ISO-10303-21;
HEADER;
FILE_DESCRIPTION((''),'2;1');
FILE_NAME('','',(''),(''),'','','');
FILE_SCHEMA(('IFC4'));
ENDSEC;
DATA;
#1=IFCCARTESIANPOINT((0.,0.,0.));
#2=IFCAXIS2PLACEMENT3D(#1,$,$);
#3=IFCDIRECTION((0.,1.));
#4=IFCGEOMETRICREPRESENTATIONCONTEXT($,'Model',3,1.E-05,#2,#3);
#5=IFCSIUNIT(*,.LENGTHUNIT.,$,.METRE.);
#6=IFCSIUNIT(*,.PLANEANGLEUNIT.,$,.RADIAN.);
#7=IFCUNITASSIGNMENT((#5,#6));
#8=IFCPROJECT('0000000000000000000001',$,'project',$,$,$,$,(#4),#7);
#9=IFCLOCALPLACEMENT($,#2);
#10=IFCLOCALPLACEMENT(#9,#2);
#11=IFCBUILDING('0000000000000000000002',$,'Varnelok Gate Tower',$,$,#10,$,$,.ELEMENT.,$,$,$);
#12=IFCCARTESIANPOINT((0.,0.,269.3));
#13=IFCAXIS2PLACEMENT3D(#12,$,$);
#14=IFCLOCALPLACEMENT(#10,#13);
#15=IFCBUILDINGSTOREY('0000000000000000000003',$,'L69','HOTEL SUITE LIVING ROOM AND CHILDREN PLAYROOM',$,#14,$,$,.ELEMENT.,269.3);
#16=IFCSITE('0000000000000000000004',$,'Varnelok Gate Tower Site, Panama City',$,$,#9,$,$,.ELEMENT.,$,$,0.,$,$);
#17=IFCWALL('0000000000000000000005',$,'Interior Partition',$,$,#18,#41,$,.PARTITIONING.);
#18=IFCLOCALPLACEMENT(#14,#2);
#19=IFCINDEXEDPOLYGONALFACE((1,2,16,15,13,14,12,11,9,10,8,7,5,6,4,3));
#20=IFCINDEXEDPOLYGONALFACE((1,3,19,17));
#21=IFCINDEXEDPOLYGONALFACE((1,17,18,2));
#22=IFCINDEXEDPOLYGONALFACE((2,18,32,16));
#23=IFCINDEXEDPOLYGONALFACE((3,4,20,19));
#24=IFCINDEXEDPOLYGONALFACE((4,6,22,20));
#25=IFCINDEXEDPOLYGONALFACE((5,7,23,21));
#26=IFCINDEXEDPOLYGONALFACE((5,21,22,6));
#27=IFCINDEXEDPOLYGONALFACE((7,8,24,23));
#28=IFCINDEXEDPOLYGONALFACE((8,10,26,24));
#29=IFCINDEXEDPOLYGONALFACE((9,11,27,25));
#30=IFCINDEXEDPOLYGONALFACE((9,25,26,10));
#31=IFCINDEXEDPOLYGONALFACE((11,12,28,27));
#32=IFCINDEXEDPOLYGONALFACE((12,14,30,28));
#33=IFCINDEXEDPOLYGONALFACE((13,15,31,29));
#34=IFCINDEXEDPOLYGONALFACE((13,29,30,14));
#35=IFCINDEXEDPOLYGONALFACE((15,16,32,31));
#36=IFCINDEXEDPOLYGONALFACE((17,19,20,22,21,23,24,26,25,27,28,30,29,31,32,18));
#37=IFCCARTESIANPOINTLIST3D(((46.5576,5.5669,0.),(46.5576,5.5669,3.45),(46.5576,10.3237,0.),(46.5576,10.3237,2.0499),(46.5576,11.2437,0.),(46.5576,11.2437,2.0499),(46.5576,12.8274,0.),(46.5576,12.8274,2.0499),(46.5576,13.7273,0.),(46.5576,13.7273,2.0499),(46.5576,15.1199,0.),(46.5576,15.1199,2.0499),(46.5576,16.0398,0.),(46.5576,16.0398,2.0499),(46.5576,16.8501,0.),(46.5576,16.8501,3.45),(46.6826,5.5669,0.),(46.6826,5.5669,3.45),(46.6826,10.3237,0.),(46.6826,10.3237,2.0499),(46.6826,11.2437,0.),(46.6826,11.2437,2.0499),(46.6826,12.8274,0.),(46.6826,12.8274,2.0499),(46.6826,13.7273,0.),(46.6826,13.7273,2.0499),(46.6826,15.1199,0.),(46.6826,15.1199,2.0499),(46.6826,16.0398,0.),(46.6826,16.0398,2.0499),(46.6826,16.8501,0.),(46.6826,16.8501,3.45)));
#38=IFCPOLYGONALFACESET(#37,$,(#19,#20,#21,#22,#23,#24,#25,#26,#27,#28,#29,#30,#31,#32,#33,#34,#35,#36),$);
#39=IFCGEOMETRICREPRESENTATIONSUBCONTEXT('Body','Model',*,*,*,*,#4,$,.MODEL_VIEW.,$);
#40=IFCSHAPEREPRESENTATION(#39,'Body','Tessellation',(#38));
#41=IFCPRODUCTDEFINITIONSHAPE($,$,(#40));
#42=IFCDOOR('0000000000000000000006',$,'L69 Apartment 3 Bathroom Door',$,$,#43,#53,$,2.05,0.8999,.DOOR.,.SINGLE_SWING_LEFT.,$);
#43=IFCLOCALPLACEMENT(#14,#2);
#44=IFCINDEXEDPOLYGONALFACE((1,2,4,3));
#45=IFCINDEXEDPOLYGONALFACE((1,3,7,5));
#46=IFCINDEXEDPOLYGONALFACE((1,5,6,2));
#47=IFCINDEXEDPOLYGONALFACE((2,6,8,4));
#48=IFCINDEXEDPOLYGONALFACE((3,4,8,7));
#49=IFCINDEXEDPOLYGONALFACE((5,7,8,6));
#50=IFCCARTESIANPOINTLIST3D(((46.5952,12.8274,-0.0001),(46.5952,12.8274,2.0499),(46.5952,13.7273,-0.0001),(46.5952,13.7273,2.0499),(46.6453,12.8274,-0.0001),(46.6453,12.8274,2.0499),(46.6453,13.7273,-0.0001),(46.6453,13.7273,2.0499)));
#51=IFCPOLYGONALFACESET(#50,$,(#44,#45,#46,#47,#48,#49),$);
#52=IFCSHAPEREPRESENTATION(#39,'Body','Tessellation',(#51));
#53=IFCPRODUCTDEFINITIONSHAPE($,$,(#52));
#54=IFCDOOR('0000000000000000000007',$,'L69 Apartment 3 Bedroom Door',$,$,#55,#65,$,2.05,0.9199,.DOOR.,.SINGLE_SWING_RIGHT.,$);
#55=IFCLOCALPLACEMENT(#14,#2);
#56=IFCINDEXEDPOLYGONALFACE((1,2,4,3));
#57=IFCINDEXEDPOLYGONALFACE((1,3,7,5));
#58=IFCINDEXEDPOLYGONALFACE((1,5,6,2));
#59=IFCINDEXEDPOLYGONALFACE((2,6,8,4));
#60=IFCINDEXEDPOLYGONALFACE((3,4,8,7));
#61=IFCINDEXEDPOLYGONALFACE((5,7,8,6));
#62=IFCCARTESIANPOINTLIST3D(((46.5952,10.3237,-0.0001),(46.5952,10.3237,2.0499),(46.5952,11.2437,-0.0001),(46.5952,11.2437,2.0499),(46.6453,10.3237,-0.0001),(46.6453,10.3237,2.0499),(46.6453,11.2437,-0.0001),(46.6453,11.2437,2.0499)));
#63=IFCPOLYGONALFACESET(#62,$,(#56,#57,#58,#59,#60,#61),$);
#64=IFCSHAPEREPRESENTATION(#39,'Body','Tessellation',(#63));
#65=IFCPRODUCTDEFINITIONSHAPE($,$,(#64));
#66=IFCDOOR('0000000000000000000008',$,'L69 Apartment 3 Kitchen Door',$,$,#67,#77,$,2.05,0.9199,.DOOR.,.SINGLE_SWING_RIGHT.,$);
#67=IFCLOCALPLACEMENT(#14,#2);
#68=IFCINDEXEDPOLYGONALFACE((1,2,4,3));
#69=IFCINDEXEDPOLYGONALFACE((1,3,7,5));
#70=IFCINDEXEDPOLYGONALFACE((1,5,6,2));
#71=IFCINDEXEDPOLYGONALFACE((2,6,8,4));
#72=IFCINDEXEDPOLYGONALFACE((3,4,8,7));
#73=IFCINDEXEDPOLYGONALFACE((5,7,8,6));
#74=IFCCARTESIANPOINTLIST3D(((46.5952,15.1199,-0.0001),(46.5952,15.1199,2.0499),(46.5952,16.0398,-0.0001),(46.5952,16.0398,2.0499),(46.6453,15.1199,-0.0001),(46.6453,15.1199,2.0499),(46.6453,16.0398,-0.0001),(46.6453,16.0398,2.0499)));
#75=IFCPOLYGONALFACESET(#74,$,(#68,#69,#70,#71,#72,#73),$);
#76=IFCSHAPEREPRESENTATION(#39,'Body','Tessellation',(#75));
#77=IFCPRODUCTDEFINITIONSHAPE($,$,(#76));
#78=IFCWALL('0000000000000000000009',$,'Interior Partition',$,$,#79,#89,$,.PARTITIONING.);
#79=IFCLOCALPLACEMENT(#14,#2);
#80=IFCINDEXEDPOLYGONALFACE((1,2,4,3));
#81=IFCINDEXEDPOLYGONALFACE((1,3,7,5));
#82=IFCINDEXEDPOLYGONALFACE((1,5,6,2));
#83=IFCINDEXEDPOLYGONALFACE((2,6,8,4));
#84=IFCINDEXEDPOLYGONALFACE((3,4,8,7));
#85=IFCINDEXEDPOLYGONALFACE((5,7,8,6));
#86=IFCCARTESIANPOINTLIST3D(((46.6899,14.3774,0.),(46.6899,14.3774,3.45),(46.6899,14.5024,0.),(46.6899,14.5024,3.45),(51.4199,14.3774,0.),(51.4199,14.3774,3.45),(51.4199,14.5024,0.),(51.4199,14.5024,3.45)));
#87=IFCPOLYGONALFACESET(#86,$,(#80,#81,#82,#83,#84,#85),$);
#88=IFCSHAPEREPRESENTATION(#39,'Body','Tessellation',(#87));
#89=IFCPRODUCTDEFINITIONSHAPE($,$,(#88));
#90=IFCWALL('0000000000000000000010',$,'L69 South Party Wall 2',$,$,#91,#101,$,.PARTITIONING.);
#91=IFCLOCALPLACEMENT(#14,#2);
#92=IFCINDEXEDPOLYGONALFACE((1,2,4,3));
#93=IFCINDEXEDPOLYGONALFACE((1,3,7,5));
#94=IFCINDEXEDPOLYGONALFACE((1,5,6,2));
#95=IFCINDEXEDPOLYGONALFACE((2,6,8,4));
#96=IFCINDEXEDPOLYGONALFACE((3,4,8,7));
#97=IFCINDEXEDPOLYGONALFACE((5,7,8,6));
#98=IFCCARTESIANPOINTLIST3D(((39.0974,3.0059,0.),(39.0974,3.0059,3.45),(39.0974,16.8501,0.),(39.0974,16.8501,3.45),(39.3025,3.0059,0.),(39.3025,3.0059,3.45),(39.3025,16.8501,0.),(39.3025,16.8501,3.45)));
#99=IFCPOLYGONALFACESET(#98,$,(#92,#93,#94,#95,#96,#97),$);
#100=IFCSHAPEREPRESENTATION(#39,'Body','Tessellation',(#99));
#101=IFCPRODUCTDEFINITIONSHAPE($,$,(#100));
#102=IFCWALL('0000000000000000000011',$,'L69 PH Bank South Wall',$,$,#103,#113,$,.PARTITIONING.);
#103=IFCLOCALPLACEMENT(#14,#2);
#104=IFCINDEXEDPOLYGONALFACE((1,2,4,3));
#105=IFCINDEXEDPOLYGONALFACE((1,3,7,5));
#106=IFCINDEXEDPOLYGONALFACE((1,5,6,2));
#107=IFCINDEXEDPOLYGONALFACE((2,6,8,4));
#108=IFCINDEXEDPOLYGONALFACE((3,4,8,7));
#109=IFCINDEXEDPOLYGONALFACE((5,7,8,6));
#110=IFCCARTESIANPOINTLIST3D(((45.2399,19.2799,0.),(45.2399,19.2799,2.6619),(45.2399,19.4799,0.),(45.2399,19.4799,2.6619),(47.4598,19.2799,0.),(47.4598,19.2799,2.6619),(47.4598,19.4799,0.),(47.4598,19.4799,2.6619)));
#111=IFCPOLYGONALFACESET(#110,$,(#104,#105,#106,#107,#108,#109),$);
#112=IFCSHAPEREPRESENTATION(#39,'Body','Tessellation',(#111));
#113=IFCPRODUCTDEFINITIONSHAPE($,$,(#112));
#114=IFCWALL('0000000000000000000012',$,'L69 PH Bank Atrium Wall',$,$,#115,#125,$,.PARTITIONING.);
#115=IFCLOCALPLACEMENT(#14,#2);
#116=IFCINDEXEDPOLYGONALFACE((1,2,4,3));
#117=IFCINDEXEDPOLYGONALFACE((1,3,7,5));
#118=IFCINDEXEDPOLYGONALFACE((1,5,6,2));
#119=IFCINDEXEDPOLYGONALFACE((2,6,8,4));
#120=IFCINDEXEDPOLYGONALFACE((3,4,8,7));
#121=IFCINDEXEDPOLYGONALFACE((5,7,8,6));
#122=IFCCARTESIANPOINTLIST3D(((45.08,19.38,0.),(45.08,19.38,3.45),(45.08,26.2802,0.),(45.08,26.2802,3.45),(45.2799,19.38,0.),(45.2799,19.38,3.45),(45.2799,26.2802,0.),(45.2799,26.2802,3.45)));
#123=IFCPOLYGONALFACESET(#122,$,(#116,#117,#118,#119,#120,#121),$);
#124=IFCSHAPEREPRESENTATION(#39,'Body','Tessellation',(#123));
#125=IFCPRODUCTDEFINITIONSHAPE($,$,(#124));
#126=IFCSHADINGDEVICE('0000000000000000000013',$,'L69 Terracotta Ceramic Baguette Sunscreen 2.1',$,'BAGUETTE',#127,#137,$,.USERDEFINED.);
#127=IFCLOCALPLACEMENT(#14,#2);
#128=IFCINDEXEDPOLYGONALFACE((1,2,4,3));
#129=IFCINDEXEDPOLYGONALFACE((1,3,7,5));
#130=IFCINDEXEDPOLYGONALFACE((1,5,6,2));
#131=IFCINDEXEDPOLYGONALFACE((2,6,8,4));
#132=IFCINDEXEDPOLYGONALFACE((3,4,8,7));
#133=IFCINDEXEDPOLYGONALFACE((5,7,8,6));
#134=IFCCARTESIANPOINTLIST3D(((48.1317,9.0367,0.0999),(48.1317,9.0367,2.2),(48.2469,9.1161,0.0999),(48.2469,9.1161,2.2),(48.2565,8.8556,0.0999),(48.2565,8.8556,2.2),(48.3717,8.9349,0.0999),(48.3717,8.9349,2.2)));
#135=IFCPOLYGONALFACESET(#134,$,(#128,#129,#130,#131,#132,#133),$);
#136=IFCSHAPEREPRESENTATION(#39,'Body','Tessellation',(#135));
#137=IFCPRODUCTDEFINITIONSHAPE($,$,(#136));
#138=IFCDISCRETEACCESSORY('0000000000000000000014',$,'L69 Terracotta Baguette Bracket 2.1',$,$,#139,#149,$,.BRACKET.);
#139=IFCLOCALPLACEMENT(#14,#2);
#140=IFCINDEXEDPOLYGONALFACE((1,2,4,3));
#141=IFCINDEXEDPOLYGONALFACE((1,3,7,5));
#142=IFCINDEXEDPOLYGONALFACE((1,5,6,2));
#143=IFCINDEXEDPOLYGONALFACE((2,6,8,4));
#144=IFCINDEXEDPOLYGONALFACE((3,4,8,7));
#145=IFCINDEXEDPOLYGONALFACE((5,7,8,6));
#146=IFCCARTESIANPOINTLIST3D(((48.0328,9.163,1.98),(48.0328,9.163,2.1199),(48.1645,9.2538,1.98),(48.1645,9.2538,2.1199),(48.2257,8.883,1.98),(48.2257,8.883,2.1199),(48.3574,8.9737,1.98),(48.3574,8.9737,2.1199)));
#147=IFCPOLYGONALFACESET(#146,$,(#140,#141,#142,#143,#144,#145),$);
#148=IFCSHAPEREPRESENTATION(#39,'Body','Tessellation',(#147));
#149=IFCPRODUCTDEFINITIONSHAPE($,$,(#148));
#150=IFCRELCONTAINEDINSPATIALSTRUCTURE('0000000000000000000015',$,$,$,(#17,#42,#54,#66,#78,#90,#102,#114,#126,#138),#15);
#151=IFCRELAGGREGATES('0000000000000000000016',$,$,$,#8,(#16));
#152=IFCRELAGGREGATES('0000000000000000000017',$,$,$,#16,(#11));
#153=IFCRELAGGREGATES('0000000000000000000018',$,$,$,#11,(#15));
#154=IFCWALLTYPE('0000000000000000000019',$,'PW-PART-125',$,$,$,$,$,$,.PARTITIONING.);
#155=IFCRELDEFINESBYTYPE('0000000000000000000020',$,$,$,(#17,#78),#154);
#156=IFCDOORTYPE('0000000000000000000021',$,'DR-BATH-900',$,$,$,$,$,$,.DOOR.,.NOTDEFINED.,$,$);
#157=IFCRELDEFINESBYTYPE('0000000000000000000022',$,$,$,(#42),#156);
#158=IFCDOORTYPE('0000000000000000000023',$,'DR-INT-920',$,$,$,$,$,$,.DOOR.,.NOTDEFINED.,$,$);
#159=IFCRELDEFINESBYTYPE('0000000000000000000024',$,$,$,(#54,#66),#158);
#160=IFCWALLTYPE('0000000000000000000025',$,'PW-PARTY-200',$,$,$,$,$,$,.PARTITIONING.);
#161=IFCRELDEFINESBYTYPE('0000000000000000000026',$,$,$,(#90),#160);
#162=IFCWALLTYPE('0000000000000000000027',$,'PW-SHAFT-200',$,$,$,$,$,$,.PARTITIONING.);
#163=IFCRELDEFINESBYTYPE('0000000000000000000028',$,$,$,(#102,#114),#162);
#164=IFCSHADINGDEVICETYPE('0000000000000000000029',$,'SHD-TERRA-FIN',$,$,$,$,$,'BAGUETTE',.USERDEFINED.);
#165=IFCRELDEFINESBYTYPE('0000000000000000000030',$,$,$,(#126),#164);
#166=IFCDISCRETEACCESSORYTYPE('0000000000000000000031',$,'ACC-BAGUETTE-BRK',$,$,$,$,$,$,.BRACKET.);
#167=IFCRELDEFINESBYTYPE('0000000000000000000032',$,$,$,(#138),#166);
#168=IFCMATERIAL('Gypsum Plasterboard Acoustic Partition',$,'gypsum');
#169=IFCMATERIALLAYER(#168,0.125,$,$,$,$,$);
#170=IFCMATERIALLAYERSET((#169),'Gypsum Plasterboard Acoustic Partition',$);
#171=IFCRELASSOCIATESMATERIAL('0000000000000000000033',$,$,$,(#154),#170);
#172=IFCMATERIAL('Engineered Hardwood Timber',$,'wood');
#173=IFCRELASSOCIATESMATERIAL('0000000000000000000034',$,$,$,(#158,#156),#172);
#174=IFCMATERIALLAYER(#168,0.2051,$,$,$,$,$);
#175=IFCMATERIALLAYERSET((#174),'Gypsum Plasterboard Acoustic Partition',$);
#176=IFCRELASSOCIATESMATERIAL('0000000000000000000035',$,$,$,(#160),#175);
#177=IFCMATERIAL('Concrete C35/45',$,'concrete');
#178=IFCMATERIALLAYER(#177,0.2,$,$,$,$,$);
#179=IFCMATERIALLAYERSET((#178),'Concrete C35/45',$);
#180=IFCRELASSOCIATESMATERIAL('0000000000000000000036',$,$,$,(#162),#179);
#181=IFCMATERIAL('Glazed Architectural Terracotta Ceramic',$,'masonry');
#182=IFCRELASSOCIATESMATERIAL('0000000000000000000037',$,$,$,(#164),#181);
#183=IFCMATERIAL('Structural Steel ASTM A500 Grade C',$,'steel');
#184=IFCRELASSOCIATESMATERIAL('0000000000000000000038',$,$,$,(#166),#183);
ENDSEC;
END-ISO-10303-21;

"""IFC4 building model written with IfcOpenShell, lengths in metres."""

from ifc_helpers import new_model, si_unit, direction, frame, frame_2d, origin, origin_2d, place, context, subcontext, project, spatial, rectangle, extrude, source, transform, mapped, material, layer, layer_set, type_object, element, fill, save


model = new_model("IFC4")

# Units and contexts
model_context = context("Model", 3, precision=1e-05, world=origin(), true_north=direction((0.0, 1.0)))
body_context = subcontext(model_context, "Body", "Model", "MODEL_VIEW")
ifc_project = project(units=[si_unit("LENGTHUNIT", "METRE"), si_unit("PLANEANGLEUNIT", "RADIAN")], contexts=[model_context])

# Site, building, storey
site_placement = place(None, origin())
site = spatial("IfcSite", under=ifc_project, at=site_placement, Name="Varnelok Gate Tower Site, Panama City", CompositionType="ELEMENT", RefElevation=0.0)
building_placement = place(site_placement, origin())
building = spatial("IfcBuilding", under=site, at=building_placement, Name="Varnelok Gate Tower", CompositionType="ELEMENT")
storey_placement = place(building_placement, frame((0.0, 0.0, 269.3)))
storey = spatial("IfcBuildingStorey", under=building, at=storey_placement, Name="L69", Description="HOTEL SUITE LIVING ROOM AND CHILDREN PLAYROOM", CompositionType="ELEMENT", Elevation=269.3)

# Shared definitions
ifc_material_1 = material(Name="Gypsum Plasterboard Acoustic Partition", Category="gypsum")
ifc_material_2 = material(Name="Engineered Hardwood Timber", Category="wood")

# Shared definitions
ifc_layer_1 = layer(ifc_material_1, 0.125)
ifc_layer_set_1 = layer_set([ifc_layer_1], Name="Gypsum Plasterboard Acoustic Partition")
wall_type_1 = type_object("IfcWallType", Name="PW-PART-125", PredefinedType="PARTITIONING", material=ifc_layer_set_1)
door_type_1 = type_object("IfcDoorType", Name="DR-INT-920", OperationType="NOTDEFINED", PredefinedType="DOOR", material=ifc_material_2)

# Wall, openings, doors
wall_1_placement = place(storey_placement, frame((46.6201, 5.5669, 0.0), z_axis=(0.0, 0.0, 1.0), x_axis=(0.0, 1.0, 0.0)))
wall_1 = element("IfcWall", 1, at=wall_1_placement, inside=storey, type_object=wall_type_1, Name="Interior Partition", PredefinedType="PARTITIONING", context=body_context, shape_type="SweptSolid", body=[
    extrude(rectangle(XDim=11.2832, YDim=0.125, at=frame_2d((5.6416, 0.0))), origin(), (0.0, 0.0, 1.0), 3.45),
])
opening_1_placement = place(wall_1_placement, frame((4.7568, 0.0, 0.0)))
opening_1 = element("IfcOpeningElement", 2, at=opening_1_placement, cuts=wall_1, PredefinedType="OPENING", context=body_context, shape_type="SweptSolid", body=[
    extrude(rectangle(XDim=0.9199, YDim=2.05, at=frame_2d((0.46, 1.0249))), frame((0.0, 0.0725, 0.0), z_axis=(0.0, -1.0, 0.0), x_axis=(1.0, 0.0, 0.0)), (0.0, 0.0, 1.0), 0.145),
])
opening_2_placement = place(wall_1_placement, frame((7.2605, 0.0, 0.0)))
opening_2 = element("IfcOpeningElement", 3, at=opening_2_placement, cuts=wall_1, PredefinedType="OPENING", context=body_context, shape_type="SweptSolid", body=[
    extrude(rectangle(XDim=0.8999, YDim=2.05, at=frame_2d((0.45, 1.0249))), frame((0.0, 0.0725, 0.0), z_axis=(0.0, -1.0, 0.0), x_axis=(1.0, 0.0, 0.0)), (0.0, 0.0, 1.0), 0.145),
])
opening_3_placement = place(wall_1_placement, frame((9.553, 0.0, 0.0)))
opening_3 = element("IfcOpeningElement", 4, at=opening_3_placement, cuts=wall_1, PredefinedType="OPENING", context=body_context, shape_type="SweptSolid", body=[
    extrude(rectangle(XDim=0.9199, YDim=2.05, at=frame_2d((0.46, 1.0249))), frame((0.0, 0.0725, 0.0), z_axis=(0.0, -1.0, 0.0), x_axis=(1.0, 0.0, 0.0)), (0.0, 0.0, 1.0), 0.145),
])
door_type_2 = type_object("IfcDoorType", Name="DR-BATH-900", OperationType="NOTDEFINED", PredefinedType="DOOR", material=ifc_material_2)
door_1_placement = place(opening_2_placement, origin())
door_1 = element("IfcDoor", 5, at=door_1_placement, inside=storey, type_object=door_type_2, Name="L69 Apartment 3 Bathroom Door", OperationType="SINGLE_SWING_LEFT", OverallHeight=2.05, OverallWidth=0.8999, PredefinedType="DOOR", context=body_context, shape_type="SweptSolid", body=[
    extrude(rectangle(XDim=0.8999, YDim=2.05, at=frame_2d((0.45, 1.0249))), frame((0.0, 0.0249, 0.0), z_axis=(0.0, -1.0, 0.0), x_axis=(1.0, 0.0, 0.0)), (0.0, 0.0, 1.0), 0.05),
])
fill(opening_2, door_1)
door_2_placement = place(opening_1_placement, origin())
door_2 = element("IfcDoor", 6, at=door_2_placement, inside=storey, type_object=door_type_1, Name="L69 Apartment 3 Bedroom Door", OperationType="SINGLE_SWING_RIGHT", OverallHeight=2.05, OverallWidth=0.9199, PredefinedType="DOOR", context=body_context, shape_type="SweptSolid", body=[
    extrude(rectangle(XDim=0.9199, YDim=2.05, at=frame_2d((0.46, 1.0249))), frame((0.0, 0.0249, 0.0), z_axis=(0.0, -1.0, 0.0), x_axis=(1.0, 0.0, 0.0)), (0.0, 0.0, 1.0), 0.05),
])
fill(opening_1, door_2)
door_3_placement = place(opening_3_placement, origin())
door_3 = element("IfcDoor", 7, at=door_3_placement, inside=storey, type_object=door_type_1, Name="L69 Apartment 3 Kitchen Door", OperationType="SINGLE_SWING_RIGHT", OverallHeight=2.05, OverallWidth=0.9199, PredefinedType="DOOR", context=body_context, shape_type="SweptSolid", body=[
    extrude(rectangle(XDim=0.9199, YDim=2.05, at=frame_2d((0.46, 1.0249))), frame((0.0, 0.0249, 0.0), z_axis=(0.0, -1.0, 0.0), x_axis=(1.0, 0.0, 0.0)), (0.0, 0.0, 1.0), 0.05),
])
fill(opening_3, door_3)

# Walls
wall_2_placement = place(storey_placement, frame((46.6899, 14.4399, 0.0), z_axis=(0.0, 0.0, 1.0), x_axis=(1.0, 0.0, 0.0)))
element("IfcWall", 8, at=wall_2_placement, inside=storey, type_object=wall_type_1, Name="Interior Partition", PredefinedType="PARTITIONING", context=body_context, shape_type="SweptSolid", body=[
    extrude(rectangle(XDim=4.73, YDim=0.125, at=frame_2d((2.365, 0.0))), origin(), (0.0, 0.0, 1.0), 3.45),
])
ifc_layer_2 = layer(ifc_material_1, 0.2051)
ifc_layer_set_2 = layer_set([ifc_layer_2], Name="Gypsum Plasterboard Acoustic Partition")
wall_type_2 = type_object("IfcWallType", Name="PW-PARTY-200", PredefinedType="PARTITIONING", material=ifc_layer_set_2)
wall_3_placement = place(storey_placement, frame((39.2, 3.0059, 0.0), z_axis=(0.0, 0.0, 1.0), x_axis=(0.0, 1.0, 0.0)))
element("IfcWall", 9, at=wall_3_placement, inside=storey, type_object=wall_type_2, Name="L69 South Party Wall 2", PredefinedType="PARTITIONING", context=body_context, shape_type="SweptSolid", body=[
    extrude(rectangle(XDim=13.8442, YDim=0.2051, at=frame_2d((6.9221, 0.0))), origin(), (0.0, 0.0, 1.0), 3.45),
])
ifc_material_3 = material(Name="Concrete C35/45", Category="concrete")
ifc_layer_3 = layer(ifc_material_3, 0.2)
ifc_layer_set_3 = layer_set([ifc_layer_3], Name="Concrete C35/45")
wall_type_3 = type_object("IfcWallType", Name="PW-SHAFT-200", PredefinedType="PARTITIONING", material=ifc_layer_set_3)
wall_4_placement = place(storey_placement, frame((45.24, 19.3799, 0.0), z_axis=(0.0, 0.0, 1.0), x_axis=(1.0, 0.0, 0.0)))
element("IfcWall", 10, at=wall_4_placement, inside=storey, type_object=wall_type_3, Name="L69 PH Bank South Wall", PredefinedType="PARTITIONING", context=body_context, shape_type="SweptSolid", body=[
    extrude(rectangle(XDim=2.22, YDim=0.2, at=frame_2d((1.1099, 0.0))), origin(), (0.0, 0.0, 1.0), 2.6619),
])
wall_5_placement = place(storey_placement, frame((45.1799, 19.3799, 0.0), z_axis=(0.0, 0.0, 1.0), x_axis=(0.0, 1.0, 0.0)))
element("IfcWall", 11, at=wall_5_placement, inside=storey, type_object=wall_type_3, Name="L69 PH Bank Atrium Wall", PredefinedType="PARTITIONING", context=body_context, shape_type="SweptSolid", body=[
    extrude(rectangle(XDim=6.9001, YDim=0.2, at=frame_2d((3.4502, 0.0))), origin(), (0.0, 0.0, 1.0), 3.45),
])

# Shading device
ifc_material_4 = material(Name="Glazed Architectural Terracotta Ceramic", Category="masonry")
shading_device_type = type_object("IfcShadingDeviceType", Name="SHD-TERRA-FIN", ElementType="BAGUETTE", PredefinedType="USERDEFINED", material=ifc_material_4)
shared_shape_1 = source(origin(), body_context, "Body", "SweptSolid", [
    extrude(rectangle(XDim=0.1399, YDim=0.22, at=origin_2d()), origin(), (0.0, 0.0, 1.0), 2.1001),
])
shading_device_placement = place(storey_placement, frame((48.2517, 8.9858, 0.0999), z_axis=(0.0, 0.0, 1.0), x_axis=(0.823533, 0.567269, 0.0)))
element("IfcShadingDevice", 12, at=shading_device_placement, inside=storey, type_object=shading_device_type, Name="L69 Terracotta Ceramic Baguette Sunscreen 2.1", ObjectType="BAGUETTE", PredefinedType="USERDEFINED", context=body_context, shape_type="MappedRepresentation", body=[
    mapped(shared_shape_1, transform((0.0, 0.0, 0.0), scale=1.0)),
])

# Discrete accessory
ifc_material_5 = material(Name="Structural Steel ASTM A500 Grade C", Category="steel")
discrete_accessory_type = type_object("IfcDiscreteAccessoryType", Name="ACC-BAGUETTE-BRK", PredefinedType="BRACKET", material=ifc_material_5)
shared_shape_2 = source(origin(), body_context, "Body", "SweptSolid", [
    extrude(rectangle(XDim=0.1599, YDim=0.3401, at=origin_2d()), origin(), (0.0, 0.0, 1.0), 0.1399),
])
discrete_accessory_placement = place(storey_placement, frame((48.1951, 9.0684, 1.98), z_axis=(0.0, 0.0, 1.0), x_axis=(0.823533, 0.567269, 0.0)))
element("IfcDiscreteAccessory", 13, at=discrete_accessory_placement, inside=storey, type_object=discrete_accessory_type, Name="L69 Terracotta Baguette Bracket 2.1", PredefinedType="BRACKET", context=body_context, shape_type="MappedRepresentation", body=[
    mapped(shared_shape_2, transform((0.0, 0.0, 0.0), scale=1.0)),
])

save(model, "model.ifc")
